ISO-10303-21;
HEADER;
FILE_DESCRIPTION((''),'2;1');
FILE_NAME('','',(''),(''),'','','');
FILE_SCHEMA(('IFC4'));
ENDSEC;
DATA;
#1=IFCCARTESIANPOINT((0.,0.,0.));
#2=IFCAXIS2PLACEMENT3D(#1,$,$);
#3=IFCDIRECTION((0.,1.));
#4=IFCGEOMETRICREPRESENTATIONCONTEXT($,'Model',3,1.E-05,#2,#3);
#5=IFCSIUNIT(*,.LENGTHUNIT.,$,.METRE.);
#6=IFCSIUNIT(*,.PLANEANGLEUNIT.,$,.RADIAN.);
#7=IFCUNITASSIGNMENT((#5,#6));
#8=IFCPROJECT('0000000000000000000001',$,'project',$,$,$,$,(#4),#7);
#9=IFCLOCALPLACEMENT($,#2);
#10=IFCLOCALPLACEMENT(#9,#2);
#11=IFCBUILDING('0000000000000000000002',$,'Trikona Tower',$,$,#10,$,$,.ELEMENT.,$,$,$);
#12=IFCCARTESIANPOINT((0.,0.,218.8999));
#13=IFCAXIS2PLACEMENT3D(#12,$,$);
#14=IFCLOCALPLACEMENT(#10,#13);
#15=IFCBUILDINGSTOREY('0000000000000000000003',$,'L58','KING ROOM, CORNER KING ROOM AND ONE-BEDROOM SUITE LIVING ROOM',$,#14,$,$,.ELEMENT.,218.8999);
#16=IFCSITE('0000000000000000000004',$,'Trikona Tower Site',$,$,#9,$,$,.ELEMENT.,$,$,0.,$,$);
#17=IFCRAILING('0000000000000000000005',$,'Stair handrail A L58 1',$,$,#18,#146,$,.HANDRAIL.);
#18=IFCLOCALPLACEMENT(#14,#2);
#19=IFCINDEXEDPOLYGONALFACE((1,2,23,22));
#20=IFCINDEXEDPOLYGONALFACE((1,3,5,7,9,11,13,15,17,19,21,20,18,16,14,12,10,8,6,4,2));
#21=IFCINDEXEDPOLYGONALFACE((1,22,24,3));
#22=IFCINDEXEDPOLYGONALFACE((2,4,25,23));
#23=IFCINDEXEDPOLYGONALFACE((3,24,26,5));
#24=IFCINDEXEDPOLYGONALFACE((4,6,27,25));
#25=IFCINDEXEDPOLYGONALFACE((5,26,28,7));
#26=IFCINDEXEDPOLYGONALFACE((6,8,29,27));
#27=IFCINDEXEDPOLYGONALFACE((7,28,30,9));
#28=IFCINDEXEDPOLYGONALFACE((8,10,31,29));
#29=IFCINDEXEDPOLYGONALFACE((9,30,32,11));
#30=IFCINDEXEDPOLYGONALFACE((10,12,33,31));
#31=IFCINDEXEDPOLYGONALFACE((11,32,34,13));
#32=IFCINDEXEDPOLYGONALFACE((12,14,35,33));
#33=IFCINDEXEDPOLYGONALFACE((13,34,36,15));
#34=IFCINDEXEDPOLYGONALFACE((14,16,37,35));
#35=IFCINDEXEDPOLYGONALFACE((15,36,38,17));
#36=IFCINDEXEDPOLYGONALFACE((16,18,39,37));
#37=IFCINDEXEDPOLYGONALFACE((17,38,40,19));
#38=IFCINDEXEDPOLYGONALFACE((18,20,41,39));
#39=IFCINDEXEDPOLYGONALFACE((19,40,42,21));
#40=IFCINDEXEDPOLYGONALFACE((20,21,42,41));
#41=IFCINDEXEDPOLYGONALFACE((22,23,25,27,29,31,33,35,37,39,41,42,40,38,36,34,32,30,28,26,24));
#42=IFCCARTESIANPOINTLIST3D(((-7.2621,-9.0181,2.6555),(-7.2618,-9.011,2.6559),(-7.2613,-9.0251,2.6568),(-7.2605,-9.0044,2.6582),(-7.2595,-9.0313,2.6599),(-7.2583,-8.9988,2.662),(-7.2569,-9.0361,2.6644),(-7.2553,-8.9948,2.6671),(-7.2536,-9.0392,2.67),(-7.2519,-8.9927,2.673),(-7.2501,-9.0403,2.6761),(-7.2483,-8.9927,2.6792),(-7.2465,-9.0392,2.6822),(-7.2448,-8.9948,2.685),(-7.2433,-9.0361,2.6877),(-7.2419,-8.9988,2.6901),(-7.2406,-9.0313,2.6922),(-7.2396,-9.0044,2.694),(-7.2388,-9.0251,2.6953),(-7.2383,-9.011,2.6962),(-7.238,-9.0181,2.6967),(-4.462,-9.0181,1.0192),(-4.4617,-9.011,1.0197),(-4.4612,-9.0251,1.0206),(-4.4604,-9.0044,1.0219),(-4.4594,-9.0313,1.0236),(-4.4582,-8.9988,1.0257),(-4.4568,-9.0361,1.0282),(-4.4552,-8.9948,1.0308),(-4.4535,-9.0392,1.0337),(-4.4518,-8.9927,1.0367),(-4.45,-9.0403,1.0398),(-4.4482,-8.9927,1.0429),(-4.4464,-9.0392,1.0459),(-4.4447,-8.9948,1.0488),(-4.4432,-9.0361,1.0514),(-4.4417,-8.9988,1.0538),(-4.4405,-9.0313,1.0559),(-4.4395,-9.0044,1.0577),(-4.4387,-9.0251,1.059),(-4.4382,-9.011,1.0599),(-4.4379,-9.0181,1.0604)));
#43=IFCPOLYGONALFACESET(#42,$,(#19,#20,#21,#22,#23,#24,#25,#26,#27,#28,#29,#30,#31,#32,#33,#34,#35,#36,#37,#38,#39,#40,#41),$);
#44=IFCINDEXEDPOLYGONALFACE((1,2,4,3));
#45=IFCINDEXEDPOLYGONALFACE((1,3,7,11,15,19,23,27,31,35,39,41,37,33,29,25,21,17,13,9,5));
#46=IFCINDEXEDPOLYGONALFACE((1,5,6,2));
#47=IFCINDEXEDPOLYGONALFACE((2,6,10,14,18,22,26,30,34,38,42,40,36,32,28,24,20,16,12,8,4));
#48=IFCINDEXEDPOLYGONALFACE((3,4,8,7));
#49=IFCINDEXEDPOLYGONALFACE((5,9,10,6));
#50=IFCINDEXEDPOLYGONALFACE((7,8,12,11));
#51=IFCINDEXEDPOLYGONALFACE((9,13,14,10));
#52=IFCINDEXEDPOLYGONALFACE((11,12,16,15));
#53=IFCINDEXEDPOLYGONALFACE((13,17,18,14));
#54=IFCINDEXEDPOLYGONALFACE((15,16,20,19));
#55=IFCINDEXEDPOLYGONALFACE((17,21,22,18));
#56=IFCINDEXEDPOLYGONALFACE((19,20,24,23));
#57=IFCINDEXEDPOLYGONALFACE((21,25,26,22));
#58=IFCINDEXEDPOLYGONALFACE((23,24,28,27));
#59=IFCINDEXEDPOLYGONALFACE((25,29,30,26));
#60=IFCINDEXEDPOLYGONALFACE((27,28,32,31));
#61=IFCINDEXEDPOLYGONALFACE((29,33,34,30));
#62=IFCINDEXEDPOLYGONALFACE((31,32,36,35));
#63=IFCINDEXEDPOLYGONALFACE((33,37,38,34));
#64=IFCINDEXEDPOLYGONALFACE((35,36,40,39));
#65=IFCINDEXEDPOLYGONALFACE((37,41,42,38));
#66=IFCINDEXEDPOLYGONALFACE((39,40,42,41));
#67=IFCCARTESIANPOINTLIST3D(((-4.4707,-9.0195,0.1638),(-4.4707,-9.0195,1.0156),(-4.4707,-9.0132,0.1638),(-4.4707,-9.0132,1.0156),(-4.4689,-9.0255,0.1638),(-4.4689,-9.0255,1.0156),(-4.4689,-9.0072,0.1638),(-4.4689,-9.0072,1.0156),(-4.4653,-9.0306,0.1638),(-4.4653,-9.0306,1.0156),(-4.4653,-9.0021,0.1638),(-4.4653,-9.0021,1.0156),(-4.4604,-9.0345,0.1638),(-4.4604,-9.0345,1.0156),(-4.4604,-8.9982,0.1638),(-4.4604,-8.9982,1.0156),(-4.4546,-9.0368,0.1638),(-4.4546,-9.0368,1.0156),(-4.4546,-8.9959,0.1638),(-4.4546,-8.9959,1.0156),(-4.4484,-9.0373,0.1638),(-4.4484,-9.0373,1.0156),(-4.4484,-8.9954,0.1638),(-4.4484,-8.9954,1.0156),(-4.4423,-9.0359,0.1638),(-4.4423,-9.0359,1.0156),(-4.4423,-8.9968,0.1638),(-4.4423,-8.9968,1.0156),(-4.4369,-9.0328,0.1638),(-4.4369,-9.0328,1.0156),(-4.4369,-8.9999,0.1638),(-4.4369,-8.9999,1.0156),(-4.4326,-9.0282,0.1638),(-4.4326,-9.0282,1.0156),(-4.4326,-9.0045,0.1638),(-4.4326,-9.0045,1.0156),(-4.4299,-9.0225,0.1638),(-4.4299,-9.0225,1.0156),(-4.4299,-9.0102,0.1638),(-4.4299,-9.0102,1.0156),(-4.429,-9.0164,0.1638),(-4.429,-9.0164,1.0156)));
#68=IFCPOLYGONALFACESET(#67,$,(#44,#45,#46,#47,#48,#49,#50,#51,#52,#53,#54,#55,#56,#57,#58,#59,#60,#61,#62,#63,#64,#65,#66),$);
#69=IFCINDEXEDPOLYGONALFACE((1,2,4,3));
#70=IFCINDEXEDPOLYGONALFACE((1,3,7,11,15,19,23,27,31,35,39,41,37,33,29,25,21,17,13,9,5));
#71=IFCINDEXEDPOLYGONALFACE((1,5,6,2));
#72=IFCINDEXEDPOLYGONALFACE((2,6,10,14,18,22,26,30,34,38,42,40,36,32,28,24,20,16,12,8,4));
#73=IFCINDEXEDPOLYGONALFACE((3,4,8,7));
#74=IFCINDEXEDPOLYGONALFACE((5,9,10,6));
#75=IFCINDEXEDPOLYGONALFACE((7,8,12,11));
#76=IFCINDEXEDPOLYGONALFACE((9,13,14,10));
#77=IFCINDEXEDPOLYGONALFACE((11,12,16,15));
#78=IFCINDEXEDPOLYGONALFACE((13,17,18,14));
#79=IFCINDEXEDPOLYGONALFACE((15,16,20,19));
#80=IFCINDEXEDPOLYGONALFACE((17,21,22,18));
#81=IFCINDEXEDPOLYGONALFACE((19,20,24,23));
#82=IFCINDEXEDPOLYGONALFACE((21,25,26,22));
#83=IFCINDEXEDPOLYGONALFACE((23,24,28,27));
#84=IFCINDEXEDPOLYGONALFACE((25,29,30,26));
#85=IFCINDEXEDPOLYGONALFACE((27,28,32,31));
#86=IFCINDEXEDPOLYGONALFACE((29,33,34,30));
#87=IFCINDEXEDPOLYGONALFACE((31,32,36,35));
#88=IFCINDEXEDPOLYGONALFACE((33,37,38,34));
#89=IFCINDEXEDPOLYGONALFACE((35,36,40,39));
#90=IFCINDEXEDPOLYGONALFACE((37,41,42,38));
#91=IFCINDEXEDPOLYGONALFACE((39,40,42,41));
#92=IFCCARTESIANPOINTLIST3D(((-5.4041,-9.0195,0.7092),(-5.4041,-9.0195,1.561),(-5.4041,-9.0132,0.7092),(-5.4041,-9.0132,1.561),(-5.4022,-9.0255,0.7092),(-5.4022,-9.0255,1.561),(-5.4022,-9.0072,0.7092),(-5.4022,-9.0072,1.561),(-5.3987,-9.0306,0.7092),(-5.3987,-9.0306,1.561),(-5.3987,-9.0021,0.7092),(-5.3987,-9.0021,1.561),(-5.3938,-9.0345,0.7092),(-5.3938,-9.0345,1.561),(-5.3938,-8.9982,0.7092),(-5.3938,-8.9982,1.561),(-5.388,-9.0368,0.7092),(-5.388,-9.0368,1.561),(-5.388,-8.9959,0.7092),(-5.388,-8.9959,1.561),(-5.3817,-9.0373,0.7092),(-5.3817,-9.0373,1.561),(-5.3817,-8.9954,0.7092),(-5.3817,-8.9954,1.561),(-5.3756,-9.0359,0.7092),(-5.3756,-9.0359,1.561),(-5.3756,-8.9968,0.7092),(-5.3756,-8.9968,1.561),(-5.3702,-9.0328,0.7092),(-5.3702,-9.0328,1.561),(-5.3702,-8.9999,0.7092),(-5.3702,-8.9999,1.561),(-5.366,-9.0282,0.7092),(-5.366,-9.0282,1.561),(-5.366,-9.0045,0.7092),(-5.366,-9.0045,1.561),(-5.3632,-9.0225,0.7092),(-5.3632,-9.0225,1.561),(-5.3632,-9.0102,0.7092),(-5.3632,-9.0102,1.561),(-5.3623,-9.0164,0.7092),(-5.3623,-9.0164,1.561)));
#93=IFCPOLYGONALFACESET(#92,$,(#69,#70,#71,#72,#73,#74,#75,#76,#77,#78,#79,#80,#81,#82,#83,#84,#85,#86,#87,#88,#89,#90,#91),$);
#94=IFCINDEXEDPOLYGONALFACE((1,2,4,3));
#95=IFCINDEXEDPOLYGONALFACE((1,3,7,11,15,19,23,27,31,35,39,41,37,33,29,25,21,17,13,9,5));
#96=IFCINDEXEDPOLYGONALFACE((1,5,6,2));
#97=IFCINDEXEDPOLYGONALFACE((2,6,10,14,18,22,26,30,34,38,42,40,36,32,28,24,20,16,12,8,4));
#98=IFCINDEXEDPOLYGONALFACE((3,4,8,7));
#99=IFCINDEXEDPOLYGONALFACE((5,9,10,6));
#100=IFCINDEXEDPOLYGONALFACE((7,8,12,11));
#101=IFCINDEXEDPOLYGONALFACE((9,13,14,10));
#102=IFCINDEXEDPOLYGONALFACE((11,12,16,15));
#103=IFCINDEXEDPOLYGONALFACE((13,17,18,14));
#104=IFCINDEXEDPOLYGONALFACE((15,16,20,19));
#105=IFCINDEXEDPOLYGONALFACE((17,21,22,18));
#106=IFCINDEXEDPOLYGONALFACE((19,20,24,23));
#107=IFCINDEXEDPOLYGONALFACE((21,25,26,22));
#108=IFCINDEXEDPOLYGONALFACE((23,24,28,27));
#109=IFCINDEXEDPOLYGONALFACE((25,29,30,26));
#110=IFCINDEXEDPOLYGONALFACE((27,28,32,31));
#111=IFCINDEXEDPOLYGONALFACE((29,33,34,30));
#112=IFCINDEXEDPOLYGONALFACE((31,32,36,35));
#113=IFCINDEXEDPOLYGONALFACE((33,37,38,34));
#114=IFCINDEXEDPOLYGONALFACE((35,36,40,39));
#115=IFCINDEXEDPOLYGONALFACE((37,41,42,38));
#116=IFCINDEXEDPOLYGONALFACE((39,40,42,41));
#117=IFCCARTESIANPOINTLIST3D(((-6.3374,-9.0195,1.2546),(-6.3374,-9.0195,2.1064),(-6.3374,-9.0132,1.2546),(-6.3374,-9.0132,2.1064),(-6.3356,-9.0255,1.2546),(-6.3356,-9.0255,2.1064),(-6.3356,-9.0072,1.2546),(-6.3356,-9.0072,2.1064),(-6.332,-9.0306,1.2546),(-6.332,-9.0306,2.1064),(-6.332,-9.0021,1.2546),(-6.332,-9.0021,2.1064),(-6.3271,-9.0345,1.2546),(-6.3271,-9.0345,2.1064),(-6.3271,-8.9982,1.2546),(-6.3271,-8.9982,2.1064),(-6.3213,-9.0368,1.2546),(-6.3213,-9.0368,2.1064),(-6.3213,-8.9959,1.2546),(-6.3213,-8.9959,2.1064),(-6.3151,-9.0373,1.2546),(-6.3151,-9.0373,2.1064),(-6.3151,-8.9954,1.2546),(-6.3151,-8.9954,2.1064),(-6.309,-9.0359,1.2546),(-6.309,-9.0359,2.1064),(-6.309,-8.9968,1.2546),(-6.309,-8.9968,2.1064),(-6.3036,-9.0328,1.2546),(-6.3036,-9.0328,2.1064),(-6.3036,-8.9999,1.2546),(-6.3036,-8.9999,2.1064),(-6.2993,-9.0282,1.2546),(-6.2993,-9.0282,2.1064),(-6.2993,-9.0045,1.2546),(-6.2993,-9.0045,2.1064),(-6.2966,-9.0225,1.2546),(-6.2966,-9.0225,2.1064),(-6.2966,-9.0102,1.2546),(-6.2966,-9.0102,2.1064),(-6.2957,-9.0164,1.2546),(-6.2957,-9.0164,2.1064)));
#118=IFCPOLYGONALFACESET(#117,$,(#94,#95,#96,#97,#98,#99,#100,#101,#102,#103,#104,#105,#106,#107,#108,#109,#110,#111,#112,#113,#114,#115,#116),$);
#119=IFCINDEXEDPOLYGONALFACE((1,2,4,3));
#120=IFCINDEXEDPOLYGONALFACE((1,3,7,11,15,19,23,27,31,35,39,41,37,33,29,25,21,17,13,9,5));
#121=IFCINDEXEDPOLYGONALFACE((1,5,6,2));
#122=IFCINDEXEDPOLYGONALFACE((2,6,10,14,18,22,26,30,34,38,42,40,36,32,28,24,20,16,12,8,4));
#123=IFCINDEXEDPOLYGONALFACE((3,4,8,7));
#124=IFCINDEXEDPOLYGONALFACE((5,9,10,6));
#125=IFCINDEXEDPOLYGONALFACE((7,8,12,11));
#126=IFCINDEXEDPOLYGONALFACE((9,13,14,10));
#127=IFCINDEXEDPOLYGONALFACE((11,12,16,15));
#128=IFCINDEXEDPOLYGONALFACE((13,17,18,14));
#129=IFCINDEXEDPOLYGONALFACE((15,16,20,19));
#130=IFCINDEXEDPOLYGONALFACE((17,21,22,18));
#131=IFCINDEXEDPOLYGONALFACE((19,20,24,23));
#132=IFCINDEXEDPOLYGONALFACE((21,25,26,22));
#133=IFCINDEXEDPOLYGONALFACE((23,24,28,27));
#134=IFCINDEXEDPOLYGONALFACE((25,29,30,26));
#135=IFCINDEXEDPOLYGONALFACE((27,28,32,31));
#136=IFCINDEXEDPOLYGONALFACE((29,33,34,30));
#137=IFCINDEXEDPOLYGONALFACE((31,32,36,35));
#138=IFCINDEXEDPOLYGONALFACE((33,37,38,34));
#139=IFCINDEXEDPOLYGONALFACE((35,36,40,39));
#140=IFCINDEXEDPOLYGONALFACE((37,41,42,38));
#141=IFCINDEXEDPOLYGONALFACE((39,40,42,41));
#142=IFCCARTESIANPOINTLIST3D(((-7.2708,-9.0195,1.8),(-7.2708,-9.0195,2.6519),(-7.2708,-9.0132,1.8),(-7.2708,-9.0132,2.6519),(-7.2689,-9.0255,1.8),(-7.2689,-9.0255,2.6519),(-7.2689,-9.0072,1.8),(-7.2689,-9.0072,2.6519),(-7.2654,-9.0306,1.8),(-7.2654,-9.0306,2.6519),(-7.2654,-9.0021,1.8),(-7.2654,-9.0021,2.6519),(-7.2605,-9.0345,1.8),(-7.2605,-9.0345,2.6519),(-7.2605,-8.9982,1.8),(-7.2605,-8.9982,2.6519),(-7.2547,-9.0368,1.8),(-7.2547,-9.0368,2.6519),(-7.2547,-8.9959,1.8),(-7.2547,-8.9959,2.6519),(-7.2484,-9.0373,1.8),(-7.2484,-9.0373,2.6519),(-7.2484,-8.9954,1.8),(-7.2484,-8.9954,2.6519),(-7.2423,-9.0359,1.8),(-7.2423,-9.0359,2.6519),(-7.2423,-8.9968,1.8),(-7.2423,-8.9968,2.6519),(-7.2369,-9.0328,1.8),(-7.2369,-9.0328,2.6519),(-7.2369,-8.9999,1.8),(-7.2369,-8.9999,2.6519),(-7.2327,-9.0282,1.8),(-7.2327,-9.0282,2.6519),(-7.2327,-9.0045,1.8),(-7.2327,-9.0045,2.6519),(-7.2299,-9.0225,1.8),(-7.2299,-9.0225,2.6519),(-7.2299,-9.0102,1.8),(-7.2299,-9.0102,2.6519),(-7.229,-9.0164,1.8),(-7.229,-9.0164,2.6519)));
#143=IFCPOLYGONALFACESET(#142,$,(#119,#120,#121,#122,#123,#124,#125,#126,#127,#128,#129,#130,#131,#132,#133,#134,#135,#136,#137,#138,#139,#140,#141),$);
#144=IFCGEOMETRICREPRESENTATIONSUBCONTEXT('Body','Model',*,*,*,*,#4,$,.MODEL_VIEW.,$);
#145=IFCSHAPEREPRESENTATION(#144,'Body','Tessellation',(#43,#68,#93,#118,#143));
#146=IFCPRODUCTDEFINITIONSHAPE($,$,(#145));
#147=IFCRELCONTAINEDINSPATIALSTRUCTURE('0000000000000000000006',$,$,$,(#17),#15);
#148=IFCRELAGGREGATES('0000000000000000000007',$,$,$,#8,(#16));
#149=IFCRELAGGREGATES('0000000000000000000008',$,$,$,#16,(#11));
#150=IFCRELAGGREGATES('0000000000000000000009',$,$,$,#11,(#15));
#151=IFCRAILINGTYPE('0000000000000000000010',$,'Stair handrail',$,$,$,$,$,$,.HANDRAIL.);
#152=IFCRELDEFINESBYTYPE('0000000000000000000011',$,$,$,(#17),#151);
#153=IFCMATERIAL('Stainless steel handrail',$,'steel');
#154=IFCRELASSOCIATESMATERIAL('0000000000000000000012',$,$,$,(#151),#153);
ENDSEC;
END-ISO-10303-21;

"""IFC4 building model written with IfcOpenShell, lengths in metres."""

from ifc_helpers import new_model, si_unit, direction, frame, origin, origin_2d, place, context, subcontext, project, spatial, circle, extrude, material, type_object, element, save


model = new_model("IFC4")

# Units and contexts
model_context = context("Model", 3, precision=1e-05, world=origin(), true_north=direction((0.0, 1.0)))
body_context = subcontext(model_context, "Body", "Model", "MODEL_VIEW")
ifc_project = project(units=[si_unit("LENGTHUNIT", "METRE"), si_unit("PLANEANGLEUNIT", "RADIAN")], contexts=[model_context])

# Site, building, storey
site_placement = place(None, origin())
site = spatial("IfcSite", under=ifc_project, at=site_placement, Name="Trikona Tower Site", CompositionType="ELEMENT", RefElevation=0.0)
building_placement = place(site_placement, origin())
building = spatial("IfcBuilding", under=site, at=building_placement, Name="Trikona Tower", CompositionType="ELEMENT")
storey_placement = place(building_placement, frame((0.0, 0.0, 218.8999)))
storey = spatial("IfcBuildingStorey", under=building, at=storey_placement, Name="L58", Description="KING ROOM, CORNER KING ROOM AND ONE-BEDROOM SUITE LIVING ROOM", CompositionType="ELEMENT", Elevation=218.8999)

# Railing
ifc_material_1 = material(Name="Stainless steel handrail", Category="steel")
railing_type = type_object("IfcRailingType", Name="Stair handrail", PredefinedType="HANDRAIL", material=ifc_material_1)
railing_1_placement = place(storey_placement, frame((-4.45, -9.0164, 0.1638)))
element("IfcRailing", 1, at=railing_1_placement, inside=storey, type_object=railing_type, Name="Stair handrail A L58 1", PredefinedType="HANDRAIL", context=body_context, shape_type="SweptSolid", body=[
    extrude(circle(Radius=0.0239, at=origin_2d()), frame((0.0, 0.0, 0.876), z_axis=(-0.863394, 0.0, 0.504531), x_axis=(0.0, -1.0, 0.0)), (0.0, 0.0, 1.0), 3.2432),
    extrude(circle(Radius=0.021, at=origin_2d()), origin(), (0.0, 0.0, 1.0), 0.8518),
    extrude(circle(Radius=0.021, at=origin_2d()), frame((-0.9333, 0.0, 0.5454)), (0.0, 0.0, 1.0), 0.8518),
    extrude(circle(Radius=0.021, at=origin_2d()), frame((-1.8667, 0.0, 1.0908)), (0.0, 0.0, 1.0), 0.8518),
    extrude(circle(Radius=0.021, at=origin_2d()), frame((-2.8, 0.0, 1.6362)), (0.0, 0.0, 1.0), 0.8518),
])

save(model, "model.ifc")
